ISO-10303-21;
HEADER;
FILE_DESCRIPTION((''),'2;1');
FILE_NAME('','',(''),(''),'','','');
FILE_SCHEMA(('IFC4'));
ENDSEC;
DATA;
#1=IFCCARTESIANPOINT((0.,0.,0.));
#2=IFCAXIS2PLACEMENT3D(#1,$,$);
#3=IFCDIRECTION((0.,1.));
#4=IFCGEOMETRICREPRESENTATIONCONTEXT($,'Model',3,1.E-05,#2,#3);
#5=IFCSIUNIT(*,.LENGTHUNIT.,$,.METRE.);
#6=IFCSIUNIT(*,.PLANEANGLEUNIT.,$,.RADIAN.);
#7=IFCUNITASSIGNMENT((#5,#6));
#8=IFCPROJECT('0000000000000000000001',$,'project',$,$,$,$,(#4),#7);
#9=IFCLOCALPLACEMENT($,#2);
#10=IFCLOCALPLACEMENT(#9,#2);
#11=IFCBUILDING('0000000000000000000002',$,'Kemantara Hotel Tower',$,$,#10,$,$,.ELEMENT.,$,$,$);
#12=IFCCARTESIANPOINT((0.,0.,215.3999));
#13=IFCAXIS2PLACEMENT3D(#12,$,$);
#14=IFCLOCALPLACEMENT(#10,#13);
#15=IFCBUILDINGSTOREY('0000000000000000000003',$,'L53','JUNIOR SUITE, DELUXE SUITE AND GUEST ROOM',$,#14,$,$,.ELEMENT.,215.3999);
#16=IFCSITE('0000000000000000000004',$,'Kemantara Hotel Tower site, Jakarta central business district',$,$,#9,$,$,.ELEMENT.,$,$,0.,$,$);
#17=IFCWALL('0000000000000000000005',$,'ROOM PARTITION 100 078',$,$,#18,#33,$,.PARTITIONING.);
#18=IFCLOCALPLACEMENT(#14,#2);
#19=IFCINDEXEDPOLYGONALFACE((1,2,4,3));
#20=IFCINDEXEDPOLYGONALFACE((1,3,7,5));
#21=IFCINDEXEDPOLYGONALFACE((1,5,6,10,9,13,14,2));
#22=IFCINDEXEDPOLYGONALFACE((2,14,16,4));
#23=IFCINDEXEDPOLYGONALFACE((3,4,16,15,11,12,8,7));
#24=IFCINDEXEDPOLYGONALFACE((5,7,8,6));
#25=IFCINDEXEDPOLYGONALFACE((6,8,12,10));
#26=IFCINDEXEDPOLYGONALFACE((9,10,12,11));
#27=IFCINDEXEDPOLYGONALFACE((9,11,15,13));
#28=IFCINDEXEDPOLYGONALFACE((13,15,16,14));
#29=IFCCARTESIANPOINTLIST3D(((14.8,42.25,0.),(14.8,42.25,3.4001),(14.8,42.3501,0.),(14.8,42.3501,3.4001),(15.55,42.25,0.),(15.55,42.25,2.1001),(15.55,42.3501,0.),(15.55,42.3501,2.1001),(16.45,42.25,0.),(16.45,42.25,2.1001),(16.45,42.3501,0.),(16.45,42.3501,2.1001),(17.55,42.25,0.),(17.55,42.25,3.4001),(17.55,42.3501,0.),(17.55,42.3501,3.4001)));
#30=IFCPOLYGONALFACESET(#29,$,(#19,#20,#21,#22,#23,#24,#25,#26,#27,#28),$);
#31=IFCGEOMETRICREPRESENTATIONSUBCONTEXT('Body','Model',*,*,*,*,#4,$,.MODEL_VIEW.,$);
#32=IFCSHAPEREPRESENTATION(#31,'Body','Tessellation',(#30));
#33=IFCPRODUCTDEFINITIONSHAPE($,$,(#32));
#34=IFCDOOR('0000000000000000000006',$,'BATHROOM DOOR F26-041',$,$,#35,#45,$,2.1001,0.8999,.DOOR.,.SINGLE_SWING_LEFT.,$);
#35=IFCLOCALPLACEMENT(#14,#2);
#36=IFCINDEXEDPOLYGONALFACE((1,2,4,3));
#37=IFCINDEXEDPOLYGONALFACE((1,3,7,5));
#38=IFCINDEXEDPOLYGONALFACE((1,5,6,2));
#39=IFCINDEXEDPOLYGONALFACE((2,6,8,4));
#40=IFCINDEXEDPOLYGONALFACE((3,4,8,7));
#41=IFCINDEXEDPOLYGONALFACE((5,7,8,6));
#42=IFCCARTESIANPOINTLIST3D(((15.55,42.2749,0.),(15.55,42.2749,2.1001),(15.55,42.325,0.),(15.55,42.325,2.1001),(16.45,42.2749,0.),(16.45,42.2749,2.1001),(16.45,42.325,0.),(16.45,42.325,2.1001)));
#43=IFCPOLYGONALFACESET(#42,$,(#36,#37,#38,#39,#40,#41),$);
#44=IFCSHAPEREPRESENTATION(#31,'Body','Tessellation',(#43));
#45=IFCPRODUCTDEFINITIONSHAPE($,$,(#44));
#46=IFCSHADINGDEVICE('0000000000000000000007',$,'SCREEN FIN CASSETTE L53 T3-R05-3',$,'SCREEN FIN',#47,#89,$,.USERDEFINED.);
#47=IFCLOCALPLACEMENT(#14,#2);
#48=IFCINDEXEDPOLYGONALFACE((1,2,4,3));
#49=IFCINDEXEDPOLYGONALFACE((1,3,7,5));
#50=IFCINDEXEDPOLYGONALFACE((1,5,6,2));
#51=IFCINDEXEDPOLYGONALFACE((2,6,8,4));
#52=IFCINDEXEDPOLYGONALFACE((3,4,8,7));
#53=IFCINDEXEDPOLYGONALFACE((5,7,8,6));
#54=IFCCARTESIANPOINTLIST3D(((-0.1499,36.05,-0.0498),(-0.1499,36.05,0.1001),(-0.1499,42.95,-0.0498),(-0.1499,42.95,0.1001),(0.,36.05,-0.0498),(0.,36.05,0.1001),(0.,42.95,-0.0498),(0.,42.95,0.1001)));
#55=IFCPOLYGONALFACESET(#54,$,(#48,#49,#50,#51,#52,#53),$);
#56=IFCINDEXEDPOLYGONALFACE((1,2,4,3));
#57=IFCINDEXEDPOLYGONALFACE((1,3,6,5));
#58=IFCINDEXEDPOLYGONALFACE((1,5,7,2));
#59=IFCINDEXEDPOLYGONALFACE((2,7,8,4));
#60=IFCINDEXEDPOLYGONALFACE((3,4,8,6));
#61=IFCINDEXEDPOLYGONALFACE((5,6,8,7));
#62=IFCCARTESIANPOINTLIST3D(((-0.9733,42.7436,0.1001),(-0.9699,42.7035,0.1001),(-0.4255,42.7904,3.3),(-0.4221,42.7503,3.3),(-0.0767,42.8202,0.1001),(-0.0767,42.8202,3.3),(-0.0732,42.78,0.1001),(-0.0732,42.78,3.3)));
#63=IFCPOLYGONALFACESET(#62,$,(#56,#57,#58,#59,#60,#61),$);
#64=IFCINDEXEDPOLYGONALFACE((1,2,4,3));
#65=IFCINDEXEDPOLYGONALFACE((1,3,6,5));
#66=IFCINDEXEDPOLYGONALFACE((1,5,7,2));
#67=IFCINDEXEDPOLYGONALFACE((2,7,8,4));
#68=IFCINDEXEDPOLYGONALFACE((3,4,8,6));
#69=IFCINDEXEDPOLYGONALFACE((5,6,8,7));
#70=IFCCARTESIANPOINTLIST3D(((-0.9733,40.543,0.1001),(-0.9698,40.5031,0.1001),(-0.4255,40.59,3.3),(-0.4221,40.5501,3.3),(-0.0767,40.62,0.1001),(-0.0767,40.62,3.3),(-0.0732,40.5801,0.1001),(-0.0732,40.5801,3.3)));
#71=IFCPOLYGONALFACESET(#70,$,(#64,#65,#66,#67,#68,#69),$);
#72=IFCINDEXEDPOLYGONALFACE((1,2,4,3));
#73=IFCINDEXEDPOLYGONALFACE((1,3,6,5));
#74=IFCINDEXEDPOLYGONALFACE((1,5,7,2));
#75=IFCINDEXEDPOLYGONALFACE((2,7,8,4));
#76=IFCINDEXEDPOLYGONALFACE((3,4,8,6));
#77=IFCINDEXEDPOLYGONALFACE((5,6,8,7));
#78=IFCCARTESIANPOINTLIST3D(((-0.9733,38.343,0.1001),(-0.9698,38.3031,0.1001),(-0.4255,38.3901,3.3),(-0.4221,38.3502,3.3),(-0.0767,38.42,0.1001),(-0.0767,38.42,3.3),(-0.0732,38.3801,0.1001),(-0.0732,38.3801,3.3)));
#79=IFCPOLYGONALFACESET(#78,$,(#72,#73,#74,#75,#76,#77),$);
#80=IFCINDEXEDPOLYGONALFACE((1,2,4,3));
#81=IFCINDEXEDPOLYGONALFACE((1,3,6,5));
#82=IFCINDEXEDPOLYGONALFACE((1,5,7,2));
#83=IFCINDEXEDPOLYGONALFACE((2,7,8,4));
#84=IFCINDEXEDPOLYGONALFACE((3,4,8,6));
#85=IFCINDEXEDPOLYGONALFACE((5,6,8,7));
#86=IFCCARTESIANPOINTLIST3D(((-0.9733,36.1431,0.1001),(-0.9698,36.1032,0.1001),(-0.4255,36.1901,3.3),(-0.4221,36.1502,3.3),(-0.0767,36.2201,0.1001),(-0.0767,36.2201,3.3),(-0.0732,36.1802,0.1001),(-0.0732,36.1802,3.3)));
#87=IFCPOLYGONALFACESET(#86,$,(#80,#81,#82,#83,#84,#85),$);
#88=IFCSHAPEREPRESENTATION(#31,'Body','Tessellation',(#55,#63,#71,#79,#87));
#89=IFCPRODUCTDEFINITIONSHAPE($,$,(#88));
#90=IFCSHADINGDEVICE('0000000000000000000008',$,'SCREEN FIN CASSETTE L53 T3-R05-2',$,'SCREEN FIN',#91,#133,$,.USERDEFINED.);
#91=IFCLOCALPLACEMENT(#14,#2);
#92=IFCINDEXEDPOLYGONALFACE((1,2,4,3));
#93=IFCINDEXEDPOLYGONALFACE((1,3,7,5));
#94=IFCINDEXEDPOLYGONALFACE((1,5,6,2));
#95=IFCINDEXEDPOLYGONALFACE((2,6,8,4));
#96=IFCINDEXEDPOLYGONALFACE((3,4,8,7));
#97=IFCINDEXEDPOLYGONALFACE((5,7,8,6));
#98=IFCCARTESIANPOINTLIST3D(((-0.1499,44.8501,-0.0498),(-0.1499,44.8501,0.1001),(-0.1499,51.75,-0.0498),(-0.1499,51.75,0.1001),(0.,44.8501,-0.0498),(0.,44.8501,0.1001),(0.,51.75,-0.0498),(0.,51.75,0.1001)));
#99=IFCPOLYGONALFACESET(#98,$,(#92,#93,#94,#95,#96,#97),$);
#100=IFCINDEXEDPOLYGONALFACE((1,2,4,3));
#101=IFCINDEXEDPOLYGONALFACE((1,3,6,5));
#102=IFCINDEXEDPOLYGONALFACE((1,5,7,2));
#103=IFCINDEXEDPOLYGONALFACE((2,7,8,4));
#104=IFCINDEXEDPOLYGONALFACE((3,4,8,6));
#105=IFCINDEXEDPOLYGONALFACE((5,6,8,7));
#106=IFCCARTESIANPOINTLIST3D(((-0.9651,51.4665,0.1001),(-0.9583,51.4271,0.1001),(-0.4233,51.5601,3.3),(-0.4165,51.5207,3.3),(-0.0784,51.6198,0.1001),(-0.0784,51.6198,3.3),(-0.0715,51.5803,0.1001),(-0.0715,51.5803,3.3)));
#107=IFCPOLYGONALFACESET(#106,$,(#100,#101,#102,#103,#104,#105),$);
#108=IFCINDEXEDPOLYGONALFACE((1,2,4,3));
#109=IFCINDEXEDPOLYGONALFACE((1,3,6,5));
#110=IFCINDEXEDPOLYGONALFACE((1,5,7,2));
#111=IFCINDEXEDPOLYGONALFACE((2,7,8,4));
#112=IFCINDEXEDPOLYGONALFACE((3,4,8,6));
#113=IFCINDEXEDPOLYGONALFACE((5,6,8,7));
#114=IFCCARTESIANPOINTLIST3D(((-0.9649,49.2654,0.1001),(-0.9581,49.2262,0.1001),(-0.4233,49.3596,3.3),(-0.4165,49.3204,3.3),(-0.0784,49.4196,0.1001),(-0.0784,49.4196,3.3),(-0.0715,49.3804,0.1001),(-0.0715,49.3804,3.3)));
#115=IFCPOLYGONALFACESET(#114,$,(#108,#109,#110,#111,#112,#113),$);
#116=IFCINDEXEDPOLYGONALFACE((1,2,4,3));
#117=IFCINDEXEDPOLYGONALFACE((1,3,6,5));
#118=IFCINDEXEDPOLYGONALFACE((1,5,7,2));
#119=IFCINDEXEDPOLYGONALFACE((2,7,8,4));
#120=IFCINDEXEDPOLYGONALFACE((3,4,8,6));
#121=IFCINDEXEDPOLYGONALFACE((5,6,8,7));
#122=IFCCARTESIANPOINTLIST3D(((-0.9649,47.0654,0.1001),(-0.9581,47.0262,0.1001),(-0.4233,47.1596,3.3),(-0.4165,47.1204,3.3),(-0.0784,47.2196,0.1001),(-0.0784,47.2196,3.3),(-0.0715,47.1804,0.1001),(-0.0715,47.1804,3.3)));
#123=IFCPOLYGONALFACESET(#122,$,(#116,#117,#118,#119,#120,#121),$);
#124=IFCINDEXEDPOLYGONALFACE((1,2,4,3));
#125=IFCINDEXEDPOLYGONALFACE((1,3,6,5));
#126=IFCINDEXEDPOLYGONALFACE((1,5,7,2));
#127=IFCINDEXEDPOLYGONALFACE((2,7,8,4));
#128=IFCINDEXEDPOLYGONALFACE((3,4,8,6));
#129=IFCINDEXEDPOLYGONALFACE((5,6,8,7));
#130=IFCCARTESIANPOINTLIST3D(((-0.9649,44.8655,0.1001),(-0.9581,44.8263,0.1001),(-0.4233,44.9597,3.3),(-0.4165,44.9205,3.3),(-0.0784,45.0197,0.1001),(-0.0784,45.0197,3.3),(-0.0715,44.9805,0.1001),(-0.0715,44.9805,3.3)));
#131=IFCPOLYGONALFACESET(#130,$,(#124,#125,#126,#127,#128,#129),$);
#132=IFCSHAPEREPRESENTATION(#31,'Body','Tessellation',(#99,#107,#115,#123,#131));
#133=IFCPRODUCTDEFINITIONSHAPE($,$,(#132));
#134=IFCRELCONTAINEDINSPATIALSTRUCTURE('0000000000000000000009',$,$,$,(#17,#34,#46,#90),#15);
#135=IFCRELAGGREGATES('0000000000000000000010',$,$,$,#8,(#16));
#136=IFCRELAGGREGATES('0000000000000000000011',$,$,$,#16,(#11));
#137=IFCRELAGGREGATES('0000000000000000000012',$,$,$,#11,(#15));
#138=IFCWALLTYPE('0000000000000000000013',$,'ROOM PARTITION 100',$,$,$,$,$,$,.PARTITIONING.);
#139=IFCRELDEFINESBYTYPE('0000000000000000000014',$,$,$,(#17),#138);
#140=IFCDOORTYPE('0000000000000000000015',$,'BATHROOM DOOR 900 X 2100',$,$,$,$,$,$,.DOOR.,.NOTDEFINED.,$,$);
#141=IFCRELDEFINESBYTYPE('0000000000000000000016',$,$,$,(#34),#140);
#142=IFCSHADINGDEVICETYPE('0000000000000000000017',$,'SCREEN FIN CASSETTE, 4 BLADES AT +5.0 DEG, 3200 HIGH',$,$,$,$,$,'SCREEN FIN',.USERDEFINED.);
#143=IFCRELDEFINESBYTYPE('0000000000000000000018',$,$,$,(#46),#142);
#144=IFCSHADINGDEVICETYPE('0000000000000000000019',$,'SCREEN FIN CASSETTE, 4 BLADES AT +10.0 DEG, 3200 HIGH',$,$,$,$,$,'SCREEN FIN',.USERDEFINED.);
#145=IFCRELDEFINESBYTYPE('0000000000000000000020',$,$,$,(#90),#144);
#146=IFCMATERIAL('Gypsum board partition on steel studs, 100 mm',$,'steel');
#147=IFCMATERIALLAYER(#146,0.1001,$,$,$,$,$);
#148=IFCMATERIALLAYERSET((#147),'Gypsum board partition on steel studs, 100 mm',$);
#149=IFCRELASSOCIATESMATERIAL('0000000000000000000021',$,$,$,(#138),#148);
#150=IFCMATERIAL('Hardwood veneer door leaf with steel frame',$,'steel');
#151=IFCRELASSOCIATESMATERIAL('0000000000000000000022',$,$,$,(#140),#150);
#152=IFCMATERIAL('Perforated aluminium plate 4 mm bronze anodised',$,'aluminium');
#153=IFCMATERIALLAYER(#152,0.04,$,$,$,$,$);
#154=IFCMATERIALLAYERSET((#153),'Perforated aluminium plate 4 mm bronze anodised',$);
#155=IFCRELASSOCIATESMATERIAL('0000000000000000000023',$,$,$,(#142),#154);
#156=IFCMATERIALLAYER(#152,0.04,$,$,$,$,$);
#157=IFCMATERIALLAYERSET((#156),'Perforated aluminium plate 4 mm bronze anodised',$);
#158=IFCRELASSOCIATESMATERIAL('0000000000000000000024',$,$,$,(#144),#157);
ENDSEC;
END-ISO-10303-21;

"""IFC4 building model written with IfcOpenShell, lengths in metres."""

from ifc_helpers import new_model, si_unit, direction, frame, frame_2d, origin, origin_2d, place, context, subcontext, project, spatial, polyline, rectangle, outline, extrude, source, transform, mapped, material, layer, layer_set, type_object, element, fill, save


model = new_model("IFC4")

# Units and contexts
model_context = context("Model", 3, precision=1e-05, world=origin(), true_north=direction((0.0, 1.0)))
body_context = subcontext(model_context, "Body", "Model", "MODEL_VIEW")
ifc_project = project(units=[si_unit("LENGTHUNIT", "METRE"), si_unit("PLANEANGLEUNIT", "RADIAN")], contexts=[model_context])

# Site, building, storey
site_placement = place(None, origin())
site = spatial("IfcSite", under=ifc_project, at=site_placement, Name="Kemantara Hotel Tower site, Jakarta central business district", CompositionType="ELEMENT", RefElevation=0.0)
building_placement = place(site_placement, origin())
building = spatial("IfcBuilding", under=site, at=building_placement, Name="Kemantara Hotel Tower", CompositionType="ELEMENT")
storey_placement = place(building_placement, frame((0.0, 0.0, 215.3999)))
storey = spatial("IfcBuildingStorey", under=building, at=storey_placement, Name="L53", Description="JUNIOR SUITE, DELUXE SUITE AND GUEST ROOM", CompositionType="ELEMENT", Elevation=215.3999)

# Shared definitions
ifc_material_1 = material(Name="Hardwood veneer door leaf with steel frame", Category="steel")

# Shared definitions
ifc_material_2 = material(Name="Gypsum board partition on steel studs, 100 mm", Category="steel")
ifc_layer_1 = layer(ifc_material_2, 0.1001)
ifc_layer_set_1 = layer_set([ifc_layer_1], Name="Gypsum board partition on steel studs, 100 mm")
wall_type_1 = type_object("IfcWallType", Name="ROOM PARTITION 100", PredefinedType="PARTITIONING", material=ifc_layer_set_1)

# Wall, opening, door
door_type_1 = type_object("IfcDoorType", Name="BATHROOM DOOR 900 X 2100", OperationType="NOTDEFINED", PredefinedType="DOOR", material=ifc_material_1)
wall_1_placement = place(storey_placement, frame((14.8, 42.3, 0.0), z_axis=(0.0, 0.0, 1.0), x_axis=(1.0, 0.0, 0.0)))
wall_1 = element("IfcWall", 1, at=wall_1_placement, inside=storey, type_object=wall_type_1, Name="ROOM PARTITION 100 078", PredefinedType="PARTITIONING", context=body_context, shape_type="SweptSolid", body=[
    extrude(rectangle(XDim=2.75, YDim=0.1001, at=frame_2d((1.375, 0.0))), origin(), (0.0, 0.0, 1.0), 3.4001),
])
opening_1_placement = place(wall_1_placement, frame((0.75, 0.0, 0.0)))
opening_1 = element("IfcOpeningElement", 2, at=opening_1_placement, cuts=wall_1, PredefinedType="OPENING", context=body_context, shape_type="SweptSolid", body=[
    extrude(rectangle(XDim=0.8999, YDim=2.1001, at=frame_2d((0.45, 1.05))), frame((0.0, 0.0601, 0.0), z_axis=(0.0, -1.0, 0.0), x_axis=(1.0, 0.0, 0.0)), (0.0, 0.0, 1.0), 0.1201),
])
door_1_placement = place(opening_1_placement, origin())
door_1 = element("IfcDoor", 3, at=door_1_placement, inside=storey, type_object=door_type_1, Name="BATHROOM DOOR F26-041", OperationType="SINGLE_SWING_LEFT", OverallHeight=2.1001, OverallWidth=0.8999, PredefinedType="DOOR", context=body_context, shape_type="SweptSolid", body=[
    extrude(rectangle(XDim=0.8999, YDim=2.1001, at=frame_2d((0.45, 1.05))), frame((0.0, 0.0249, 0.0), z_axis=(0.0, -1.0, 0.0), x_axis=(1.0, 0.0, 0.0)), (0.0, 0.0, 1.0), 0.05),
])
fill(opening_1, door_1)

# Shading devices
ifc_material_3 = material(Name="Perforated aluminium plate 4 mm bronze anodised", Category="aluminium")
ifc_layer_2 = layer(ifc_material_3, 0.04)
ifc_layer_set_2 = layer_set([ifc_layer_2], Name="Perforated aluminium plate 4 mm bronze anodised")
shading_device_type_1 = type_object("IfcShadingDeviceType", Name="SCREEN FIN CASSETTE, 4 BLADES AT +5.0 DEG, 3200 HIGH", ElementType="SCREEN FIN", PredefinedType="USERDEFINED", material=ifc_layer_set_2)
shared_shape_1 = source(origin(), body_context, "Body", "SweptSolid", [
    extrude(rectangle(XDim=6.8999, YDim=0.1499, at=origin_2d()), frame((3.3, -0.075, -0.1499), z_axis=(0.0, 0.0, 1.0), x_axis=(1.0, 0.0, 0.0)), (0.0, 0.0, 1.0), 0.1499),
    extrude(outline(polyline([(0.0, 0.0), (0.8999, 0.0), (0.3501, 3.2), (0.0, 3.2), (0.0, 0.0)])), frame((0.02, -0.0732, 0.0), z_axis=(-0.996376, -0.085056, 0.0), x_axis=(0.085056, -0.996376, 0.0)), (0.0, 0.0, 1.0), 0.0403),
    extrude(outline(polyline([(0.0, 0.0), (0.8999, 0.0), (0.3501, 3.2), (0.0, 3.2), (0.0, 0.0)])), frame((2.22, -0.0732, 0.0), z_axis=(-0.996332, -0.085575, 0.0), x_axis=(0.085575, -0.996332, 0.0)), (0.0, 0.0, 1.0), 0.04),
    extrude(outline(polyline([(0.0, 0.0), (0.8999, 0.0), (0.3501, 3.2), (0.0, 3.2), (0.0, 0.0)])), frame((4.4199, -0.0732, 0.0), z_axis=(-0.996332, -0.085575, 0.0), x_axis=(0.085575, -0.996332, 0.0)), (0.0, 0.0, 1.0), 0.04),
    extrude(outline(polyline([(0.0, 0.0), (0.8999, 0.0), (0.3501, 3.2), (0.0, 3.2), (0.0, 0.0)])), frame((6.6199, -0.0732, 0.0), z_axis=(-0.996332, -0.085575, 0.0), x_axis=(0.085575, -0.996332, 0.0)), (0.0, 0.0, 1.0), 0.04),
])
shading_device_1_placement = place(storey_placement, frame((0.0, 42.8, 0.1001), z_axis=(0.0, 0.0, 1.0), x_axis=(0.0, -1.0, 0.0)))
element("IfcShadingDevice", 4, at=shading_device_1_placement, inside=storey, type_object=shading_device_type_1, Name="SCREEN FIN CASSETTE L53 T3-R05-3", ObjectType="SCREEN FIN", PredefinedType="USERDEFINED", context=body_context, shape_type="MappedRepresentation", body=[
    mapped(shared_shape_1, transform((0.0, 0.0, 0.0))),
])
ifc_layer_3 = layer(ifc_material_3, 0.04)
ifc_layer_set_3 = layer_set([ifc_layer_3], Name="Perforated aluminium plate 4 mm bronze anodised")
shading_device_type_2 = type_object("IfcShadingDeviceType", Name="SCREEN FIN CASSETTE, 4 BLADES AT +10.0 DEG, 3200 HIGH", ElementType="SCREEN FIN", PredefinedType="USERDEFINED", material=ifc_layer_set_3)
shared_shape_2 = source(origin(), body_context, "Body", "SweptSolid", [
    extrude(rectangle(XDim=6.8999, YDim=0.1499, at=origin_2d()), frame((3.3, -0.075, -0.1499), z_axis=(0.0, 0.0, 1.0), x_axis=(1.0, 0.0, 0.0)), (0.0, 0.0, 1.0), 0.1499),
    extrude(outline(polyline([(0.0, 0.0), (0.8999, 0.0), (0.3501, 3.2), (0.0, 3.2), (0.0, 0.0)])), frame((0.0198, -0.0715, 0.0), z_axis=(-0.98539, -0.170314, 0.0), x_axis=(0.170314, -0.98539, 0.0)), (0.0, 0.0, 1.0), 0.04),
    extrude(outline(polyline([(0.0, 0.0), (0.8999, 0.0), (0.3501, 3.2), (0.0, 3.2), (0.0, 0.0)])), frame((2.2197, -0.0715, 0.0), z_axis=(-0.985212, -0.171341, 0.0), x_axis=(0.171341, -0.985212, 0.0)), (0.0, 0.0, 1.0), 0.0398),
    extrude(outline(polyline([(0.0, 0.0), (0.8999, 0.0), (0.3501, 3.2), (0.0, 3.2), (0.0, 0.0)])), frame((4.4197, -0.0715, 0.0), z_axis=(-0.985212, -0.171341, 0.0), x_axis=(0.171341, -0.985212, 0.0)), (0.0, 0.0, 1.0), 0.0398),
    extrude(outline(polyline([(0.0, 0.0), (0.8999, 0.0), (0.3501, 3.2), (0.0, 3.2), (0.0, 0.0)])), frame((6.6196, -0.0715, 0.0), z_axis=(-0.985212, -0.171341, 0.0), x_axis=(0.171341, -0.985212, 0.0)), (0.0, 0.0, 1.0), 0.0398),
])
shading_device_2_placement = place(storey_placement, frame((0.0, 51.6001, 0.1001), z_axis=(0.0, 0.0, 1.0), x_axis=(0.0, -1.0, 0.0)))
element("IfcShadingDevice", 5, at=shading_device_2_placement, inside=storey, type_object=shading_device_type_2, Name="SCREEN FIN CASSETTE L53 T3-R05-2", ObjectType="SCREEN FIN", PredefinedType="USERDEFINED", context=body_context, shape_type="MappedRepresentation", body=[
    mapped(shared_shape_2, transform((0.0, 0.0, 0.0))),
])

save(model, "model.ifc")
